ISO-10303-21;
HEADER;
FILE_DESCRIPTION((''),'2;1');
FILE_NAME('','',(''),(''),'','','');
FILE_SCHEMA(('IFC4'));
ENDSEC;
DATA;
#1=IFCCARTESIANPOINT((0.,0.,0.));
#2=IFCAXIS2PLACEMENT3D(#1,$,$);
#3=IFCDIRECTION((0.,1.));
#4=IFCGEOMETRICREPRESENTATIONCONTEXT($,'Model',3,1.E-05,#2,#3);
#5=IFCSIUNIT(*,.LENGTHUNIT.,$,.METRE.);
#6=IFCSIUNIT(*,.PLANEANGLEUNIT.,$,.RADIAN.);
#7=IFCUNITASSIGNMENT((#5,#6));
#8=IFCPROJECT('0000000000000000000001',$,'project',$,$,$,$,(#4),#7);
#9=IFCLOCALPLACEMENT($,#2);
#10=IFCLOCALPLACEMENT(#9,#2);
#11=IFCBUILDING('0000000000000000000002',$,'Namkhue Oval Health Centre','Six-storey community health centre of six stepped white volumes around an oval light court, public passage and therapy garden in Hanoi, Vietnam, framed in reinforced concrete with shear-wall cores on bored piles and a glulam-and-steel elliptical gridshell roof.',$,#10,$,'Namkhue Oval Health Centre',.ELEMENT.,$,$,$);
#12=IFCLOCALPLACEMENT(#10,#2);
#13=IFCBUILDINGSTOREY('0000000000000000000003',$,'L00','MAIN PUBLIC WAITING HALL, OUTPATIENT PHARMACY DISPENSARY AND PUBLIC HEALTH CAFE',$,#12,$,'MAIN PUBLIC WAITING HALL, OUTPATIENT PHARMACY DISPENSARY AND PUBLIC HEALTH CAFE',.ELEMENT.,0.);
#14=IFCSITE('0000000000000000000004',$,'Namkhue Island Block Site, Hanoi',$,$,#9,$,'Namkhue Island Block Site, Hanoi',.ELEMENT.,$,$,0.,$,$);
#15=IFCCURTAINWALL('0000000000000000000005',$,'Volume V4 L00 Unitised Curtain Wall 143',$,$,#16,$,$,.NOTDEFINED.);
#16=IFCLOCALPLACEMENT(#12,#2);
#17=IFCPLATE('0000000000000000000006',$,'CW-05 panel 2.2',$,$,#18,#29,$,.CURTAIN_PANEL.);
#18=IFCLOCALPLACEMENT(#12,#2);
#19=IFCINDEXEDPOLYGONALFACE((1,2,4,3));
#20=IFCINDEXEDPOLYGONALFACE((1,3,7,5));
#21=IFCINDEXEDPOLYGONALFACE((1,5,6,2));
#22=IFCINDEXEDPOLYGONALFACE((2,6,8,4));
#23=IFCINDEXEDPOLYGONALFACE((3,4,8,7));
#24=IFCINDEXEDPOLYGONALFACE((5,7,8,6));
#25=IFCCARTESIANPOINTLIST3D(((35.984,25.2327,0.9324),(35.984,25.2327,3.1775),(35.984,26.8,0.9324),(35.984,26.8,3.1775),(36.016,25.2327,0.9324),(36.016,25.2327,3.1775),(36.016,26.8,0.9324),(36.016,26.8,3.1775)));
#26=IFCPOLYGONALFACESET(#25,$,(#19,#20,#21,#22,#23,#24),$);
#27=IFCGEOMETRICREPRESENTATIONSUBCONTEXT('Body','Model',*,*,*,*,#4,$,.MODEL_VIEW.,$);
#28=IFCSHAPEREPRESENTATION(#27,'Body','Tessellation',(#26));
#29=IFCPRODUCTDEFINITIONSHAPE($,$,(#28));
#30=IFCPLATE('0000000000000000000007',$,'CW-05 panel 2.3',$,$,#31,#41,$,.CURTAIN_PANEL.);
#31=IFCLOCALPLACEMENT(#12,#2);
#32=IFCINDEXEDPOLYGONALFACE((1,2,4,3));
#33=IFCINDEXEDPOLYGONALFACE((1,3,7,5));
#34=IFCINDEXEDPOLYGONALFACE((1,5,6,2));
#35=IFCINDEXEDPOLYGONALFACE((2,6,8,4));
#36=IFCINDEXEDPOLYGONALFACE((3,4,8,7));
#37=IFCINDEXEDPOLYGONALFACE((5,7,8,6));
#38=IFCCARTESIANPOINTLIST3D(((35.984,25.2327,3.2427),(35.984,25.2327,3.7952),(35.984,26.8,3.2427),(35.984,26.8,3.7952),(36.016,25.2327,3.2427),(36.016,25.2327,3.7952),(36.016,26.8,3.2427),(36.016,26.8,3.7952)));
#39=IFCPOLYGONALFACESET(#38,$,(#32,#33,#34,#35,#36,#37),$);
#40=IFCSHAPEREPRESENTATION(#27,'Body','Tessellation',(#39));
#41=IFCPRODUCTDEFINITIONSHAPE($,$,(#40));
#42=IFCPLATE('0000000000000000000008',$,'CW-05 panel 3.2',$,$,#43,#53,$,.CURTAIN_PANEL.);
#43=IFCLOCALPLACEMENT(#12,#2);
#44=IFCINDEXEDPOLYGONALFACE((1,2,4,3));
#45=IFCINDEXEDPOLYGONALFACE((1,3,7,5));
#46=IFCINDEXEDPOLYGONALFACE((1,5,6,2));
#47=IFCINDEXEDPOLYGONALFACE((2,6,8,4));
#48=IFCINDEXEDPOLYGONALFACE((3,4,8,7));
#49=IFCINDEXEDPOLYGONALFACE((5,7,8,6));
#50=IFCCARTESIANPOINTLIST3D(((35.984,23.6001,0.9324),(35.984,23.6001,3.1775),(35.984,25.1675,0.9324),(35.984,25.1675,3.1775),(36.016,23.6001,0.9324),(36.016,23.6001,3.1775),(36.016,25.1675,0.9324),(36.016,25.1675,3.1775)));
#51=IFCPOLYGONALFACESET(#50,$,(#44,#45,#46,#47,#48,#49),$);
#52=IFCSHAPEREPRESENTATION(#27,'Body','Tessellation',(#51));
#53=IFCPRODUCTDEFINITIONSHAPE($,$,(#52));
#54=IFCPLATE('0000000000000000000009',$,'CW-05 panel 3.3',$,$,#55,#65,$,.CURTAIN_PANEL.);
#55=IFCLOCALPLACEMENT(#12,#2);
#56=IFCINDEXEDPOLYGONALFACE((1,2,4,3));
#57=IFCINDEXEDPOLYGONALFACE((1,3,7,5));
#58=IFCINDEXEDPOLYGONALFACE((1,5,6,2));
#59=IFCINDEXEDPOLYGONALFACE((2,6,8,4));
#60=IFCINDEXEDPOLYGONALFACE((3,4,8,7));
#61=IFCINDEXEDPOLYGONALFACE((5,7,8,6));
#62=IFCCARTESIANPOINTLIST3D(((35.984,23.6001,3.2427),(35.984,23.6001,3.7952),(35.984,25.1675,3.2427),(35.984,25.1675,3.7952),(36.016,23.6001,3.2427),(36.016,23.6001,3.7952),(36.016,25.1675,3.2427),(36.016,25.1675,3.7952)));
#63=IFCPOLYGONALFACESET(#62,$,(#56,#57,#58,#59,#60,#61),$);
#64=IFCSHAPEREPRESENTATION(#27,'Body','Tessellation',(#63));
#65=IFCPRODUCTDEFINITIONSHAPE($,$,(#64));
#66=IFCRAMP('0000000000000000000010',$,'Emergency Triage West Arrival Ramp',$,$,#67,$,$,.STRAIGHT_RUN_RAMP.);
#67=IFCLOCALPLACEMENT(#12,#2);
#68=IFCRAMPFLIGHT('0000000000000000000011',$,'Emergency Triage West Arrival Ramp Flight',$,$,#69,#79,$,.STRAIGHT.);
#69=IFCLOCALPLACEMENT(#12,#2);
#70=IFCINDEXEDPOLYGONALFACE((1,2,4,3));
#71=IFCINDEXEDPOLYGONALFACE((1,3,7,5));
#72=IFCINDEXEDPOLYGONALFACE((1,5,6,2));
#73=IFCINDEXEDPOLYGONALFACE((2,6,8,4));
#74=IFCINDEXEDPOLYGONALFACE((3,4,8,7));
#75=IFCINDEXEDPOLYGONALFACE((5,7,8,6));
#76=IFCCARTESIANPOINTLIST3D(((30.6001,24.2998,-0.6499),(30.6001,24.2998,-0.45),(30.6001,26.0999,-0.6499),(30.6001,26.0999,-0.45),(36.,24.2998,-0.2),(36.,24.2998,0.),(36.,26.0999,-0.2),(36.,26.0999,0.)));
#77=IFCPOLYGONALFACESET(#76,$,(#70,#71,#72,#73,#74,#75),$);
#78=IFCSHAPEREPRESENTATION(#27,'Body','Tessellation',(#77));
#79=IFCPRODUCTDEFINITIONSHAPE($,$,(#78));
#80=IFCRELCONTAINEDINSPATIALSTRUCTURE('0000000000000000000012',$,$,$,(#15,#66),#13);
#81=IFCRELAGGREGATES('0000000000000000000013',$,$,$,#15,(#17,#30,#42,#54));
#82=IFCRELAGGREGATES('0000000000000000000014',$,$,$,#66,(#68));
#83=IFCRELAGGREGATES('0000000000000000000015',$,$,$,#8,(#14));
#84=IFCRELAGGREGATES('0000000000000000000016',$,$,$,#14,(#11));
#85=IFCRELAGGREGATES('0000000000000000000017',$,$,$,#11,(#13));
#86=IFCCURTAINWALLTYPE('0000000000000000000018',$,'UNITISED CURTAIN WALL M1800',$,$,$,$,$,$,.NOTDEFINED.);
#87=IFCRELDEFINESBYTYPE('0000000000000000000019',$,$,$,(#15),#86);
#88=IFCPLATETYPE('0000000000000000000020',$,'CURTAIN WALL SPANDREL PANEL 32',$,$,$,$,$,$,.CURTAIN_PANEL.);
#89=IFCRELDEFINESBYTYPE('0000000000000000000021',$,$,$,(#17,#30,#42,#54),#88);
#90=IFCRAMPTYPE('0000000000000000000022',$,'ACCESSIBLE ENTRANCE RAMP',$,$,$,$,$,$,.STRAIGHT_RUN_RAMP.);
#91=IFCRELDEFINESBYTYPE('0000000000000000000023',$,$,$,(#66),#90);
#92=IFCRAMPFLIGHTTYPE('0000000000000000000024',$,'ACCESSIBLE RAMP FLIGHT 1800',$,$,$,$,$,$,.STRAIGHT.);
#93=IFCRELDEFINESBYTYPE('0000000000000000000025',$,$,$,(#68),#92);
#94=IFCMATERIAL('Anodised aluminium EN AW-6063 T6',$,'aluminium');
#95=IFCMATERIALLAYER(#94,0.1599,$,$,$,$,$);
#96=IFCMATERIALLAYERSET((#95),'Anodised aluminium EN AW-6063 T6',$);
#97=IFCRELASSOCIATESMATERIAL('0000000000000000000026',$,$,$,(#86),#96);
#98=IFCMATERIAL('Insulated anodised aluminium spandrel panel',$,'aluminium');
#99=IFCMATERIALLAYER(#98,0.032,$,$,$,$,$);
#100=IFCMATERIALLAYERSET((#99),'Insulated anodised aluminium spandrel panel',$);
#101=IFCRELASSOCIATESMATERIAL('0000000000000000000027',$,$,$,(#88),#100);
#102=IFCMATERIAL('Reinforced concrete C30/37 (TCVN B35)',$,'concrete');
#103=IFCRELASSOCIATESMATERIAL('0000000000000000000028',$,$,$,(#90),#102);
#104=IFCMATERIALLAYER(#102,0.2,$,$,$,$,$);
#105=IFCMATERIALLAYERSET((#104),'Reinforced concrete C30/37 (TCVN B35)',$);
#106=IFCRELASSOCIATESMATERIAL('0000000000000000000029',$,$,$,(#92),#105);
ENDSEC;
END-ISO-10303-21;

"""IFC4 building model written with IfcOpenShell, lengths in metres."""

from ifc_helpers import new_model, si_unit, direction, frame, origin, origin_2d, place, context, subcontext, project, spatial, polyline, rectangle, outline, extrude, material, layer, layer_set, type_object, element, aggregate, save


model = new_model("IFC4")

# Units and contexts
model_context = context("Model", 3, precision=1e-05, world=origin(), true_north=direction((0.0, 1.0)))
body_context = subcontext(model_context, "Body", "Model", "MODEL_VIEW")
ifc_project = project(units=[si_unit("LENGTHUNIT", "METRE"), si_unit("PLANEANGLEUNIT", "RADIAN")], contexts=[model_context])

# Site, building, storey
site_placement = place(None, origin())
site = spatial("IfcSite", under=ifc_project, at=site_placement, Name="Namkhue Island Block Site, Hanoi", LongName="Namkhue Island Block Site, Hanoi", CompositionType="ELEMENT", RefElevation=0.0)
building_placement = place(site_placement, origin())
building = spatial("IfcBuilding", under=site, at=building_placement, Name="Namkhue Oval Health Centre", Description="Six-storey community health centre of six stepped white volumes around an oval light court, public passage and therapy garden in Hanoi, Vietnam, framed in reinforced concrete with shear-wall cores on bored piles and a glulam-and-steel elliptical gridshell roof.", LongName="Namkhue Oval Health Centre", CompositionType="ELEMENT")
storey_placement = place(building_placement, origin())
storey = spatial("IfcBuildingStorey", under=building, at=storey_placement, Name="L00", Description="MAIN PUBLIC WAITING HALL, OUTPATIENT PHARMACY DISPENSARY AND PUBLIC HEALTH CAFE", LongName="MAIN PUBLIC WAITING HALL, OUTPATIENT PHARMACY DISPENSARY AND PUBLIC HEALTH CAFE", CompositionType="ELEMENT", Elevation=0.0)

# Shared definitions
ifc_material_1 = material(Name="Reinforced concrete C30/37 (TCVN B35)", Category="concrete")

# Curtain wall
ifc_material_2 = material(Name="Anodised aluminium EN AW-6063 T6", Category="aluminium")
ifc_layer_1 = layer(ifc_material_2, 0.1599)
ifc_layer_set_1 = layer_set([ifc_layer_1], Name="Anodised aluminium EN AW-6063 T6")
curtain_wall_type = type_object("IfcCurtainWallType", Name="UNITISED CURTAIN WALL M1800", PredefinedType="NOTDEFINED", material=ifc_layer_set_1)
curtain_wall_placement = place(storey_placement, origin())
curtain_wall = element("IfcCurtainWall", 1, at=curtain_wall_placement, inside=storey, type_object=curtain_wall_type, Name="Volume V4 L00 Unitised Curtain Wall 143", PredefinedType="NOTDEFINED")

# Plates
ifc_material_3 = material(Name="Insulated anodised aluminium spandrel panel", Category="aluminium")
ifc_layer_2 = layer(ifc_material_3, 0.032)
ifc_layer_set_2 = layer_set([ifc_layer_2], Name="Insulated anodised aluminium spandrel panel")
plate_type = type_object("IfcPlateType", Name="CURTAIN WALL SPANDREL PANEL 32", PredefinedType="CURTAIN_PANEL", material=ifc_layer_set_2)
plate_1_placement = place(storey_placement, frame((36.0, 26.0164, 0.9324), z_axis=(0.0, 0.0, 1.0), x_axis=(0.0, -1.0, 0.0)))
plate_1 = element("IfcPlate", 2, at=plate_1_placement, type_object=plate_type, Name="CW-05 panel 2.2", PredefinedType="CURTAIN_PANEL", context=body_context, shape_type="SweptSolid", body=[
    extrude(rectangle(XDim=1.5674, YDim=0.032, at=origin_2d()), origin(), (0.0, 0.0, 1.0), 2.2451),
])
plate_2_placement = place(storey_placement, frame((36.0, 26.0164, 3.2427), z_axis=(0.0, 0.0, 1.0), x_axis=(0.0, -1.0, 0.0)))
plate_2 = element("IfcPlate", 3, at=plate_2_placement, type_object=plate_type, Name="CW-05 panel 2.3", PredefinedType="CURTAIN_PANEL", context=body_context, shape_type="SweptSolid", body=[
    extrude(rectangle(XDim=1.5674, YDim=0.032, at=origin_2d()), origin(), (0.0, 0.0, 1.0), 0.5525),
])
plate_3_placement = place(storey_placement, frame((36.0, 24.3838, 0.9324), z_axis=(0.0, 0.0, 1.0), x_axis=(0.0, -1.0, 0.0)))
plate_3 = element("IfcPlate", 4, at=plate_3_placement, type_object=plate_type, Name="CW-05 panel 3.2", PredefinedType="CURTAIN_PANEL", context=body_context, shape_type="SweptSolid", body=[
    extrude(rectangle(XDim=1.5674, YDim=0.032, at=origin_2d()), origin(), (0.0, 0.0, 1.0), 2.2451),
])
plate_4_placement = place(storey_placement, frame((36.0, 24.3838, 3.2427), z_axis=(0.0, 0.0, 1.0), x_axis=(0.0, -1.0, 0.0)))
plate_4 = element("IfcPlate", 5, at=plate_4_placement, type_object=plate_type, Name="CW-05 panel 3.3", PredefinedType="CURTAIN_PANEL", context=body_context, shape_type="SweptSolid", body=[
    extrude(rectangle(XDim=1.5674, YDim=0.032, at=origin_2d()), origin(), (0.0, 0.0, 1.0), 0.5525),
])
aggregate(curtain_wall, [plate_1, plate_2, plate_3, plate_4])

# Ramp, ramp flight
ramp_type = type_object("IfcRampType", Name="ACCESSIBLE ENTRANCE RAMP", PredefinedType="STRAIGHT_RUN_RAMP", material=ifc_material_1)
ramp_placement = place(storey_placement, origin())
ramp = element("IfcRamp", 6, at=ramp_placement, inside=storey, type_object=ramp_type, Name="Emergency Triage West Arrival Ramp", PredefinedType="STRAIGHT_RUN_RAMP")
ifc_layer_3 = layer(ifc_material_1, 0.2)
ifc_layer_set_3 = layer_set([ifc_layer_3], Name="Reinforced concrete C30/37 (TCVN B35)")
ramp_flight_type = type_object("IfcRampFlightType", Name="ACCESSIBLE RAMP FLIGHT 1800", PredefinedType="STRAIGHT", material=ifc_layer_set_3)
ramp_flight_placement = place(storey_placement, frame((30.6001, 25.2, -0.45), z_axis=(0.0, 0.0, 1.0), x_axis=(1.0, 0.0, 0.0)))
ramp_flight = element("IfcRampFlight", 7, at=ramp_flight_placement, type_object=ramp_flight_type, Name="Emergency Triage West Arrival Ramp Flight", PredefinedType="STRAIGHT", context=body_context, shape_type="SweptSolid", body=[
    extrude(outline(polyline([(0.0, 0.0), (5.3999, 0.45), (5.3999, 0.25), (0.0, -0.2), (0.0, 0.0)])), frame((0.0, 0.8999, 0.0), z_axis=(0.0, -1.0, 0.0), x_axis=(1.0, 0.0, 0.0)), (0.0, 0.0, 1.0), 1.8),
])
aggregate(ramp, [ramp_flight])

save(model, "model.ifc")
